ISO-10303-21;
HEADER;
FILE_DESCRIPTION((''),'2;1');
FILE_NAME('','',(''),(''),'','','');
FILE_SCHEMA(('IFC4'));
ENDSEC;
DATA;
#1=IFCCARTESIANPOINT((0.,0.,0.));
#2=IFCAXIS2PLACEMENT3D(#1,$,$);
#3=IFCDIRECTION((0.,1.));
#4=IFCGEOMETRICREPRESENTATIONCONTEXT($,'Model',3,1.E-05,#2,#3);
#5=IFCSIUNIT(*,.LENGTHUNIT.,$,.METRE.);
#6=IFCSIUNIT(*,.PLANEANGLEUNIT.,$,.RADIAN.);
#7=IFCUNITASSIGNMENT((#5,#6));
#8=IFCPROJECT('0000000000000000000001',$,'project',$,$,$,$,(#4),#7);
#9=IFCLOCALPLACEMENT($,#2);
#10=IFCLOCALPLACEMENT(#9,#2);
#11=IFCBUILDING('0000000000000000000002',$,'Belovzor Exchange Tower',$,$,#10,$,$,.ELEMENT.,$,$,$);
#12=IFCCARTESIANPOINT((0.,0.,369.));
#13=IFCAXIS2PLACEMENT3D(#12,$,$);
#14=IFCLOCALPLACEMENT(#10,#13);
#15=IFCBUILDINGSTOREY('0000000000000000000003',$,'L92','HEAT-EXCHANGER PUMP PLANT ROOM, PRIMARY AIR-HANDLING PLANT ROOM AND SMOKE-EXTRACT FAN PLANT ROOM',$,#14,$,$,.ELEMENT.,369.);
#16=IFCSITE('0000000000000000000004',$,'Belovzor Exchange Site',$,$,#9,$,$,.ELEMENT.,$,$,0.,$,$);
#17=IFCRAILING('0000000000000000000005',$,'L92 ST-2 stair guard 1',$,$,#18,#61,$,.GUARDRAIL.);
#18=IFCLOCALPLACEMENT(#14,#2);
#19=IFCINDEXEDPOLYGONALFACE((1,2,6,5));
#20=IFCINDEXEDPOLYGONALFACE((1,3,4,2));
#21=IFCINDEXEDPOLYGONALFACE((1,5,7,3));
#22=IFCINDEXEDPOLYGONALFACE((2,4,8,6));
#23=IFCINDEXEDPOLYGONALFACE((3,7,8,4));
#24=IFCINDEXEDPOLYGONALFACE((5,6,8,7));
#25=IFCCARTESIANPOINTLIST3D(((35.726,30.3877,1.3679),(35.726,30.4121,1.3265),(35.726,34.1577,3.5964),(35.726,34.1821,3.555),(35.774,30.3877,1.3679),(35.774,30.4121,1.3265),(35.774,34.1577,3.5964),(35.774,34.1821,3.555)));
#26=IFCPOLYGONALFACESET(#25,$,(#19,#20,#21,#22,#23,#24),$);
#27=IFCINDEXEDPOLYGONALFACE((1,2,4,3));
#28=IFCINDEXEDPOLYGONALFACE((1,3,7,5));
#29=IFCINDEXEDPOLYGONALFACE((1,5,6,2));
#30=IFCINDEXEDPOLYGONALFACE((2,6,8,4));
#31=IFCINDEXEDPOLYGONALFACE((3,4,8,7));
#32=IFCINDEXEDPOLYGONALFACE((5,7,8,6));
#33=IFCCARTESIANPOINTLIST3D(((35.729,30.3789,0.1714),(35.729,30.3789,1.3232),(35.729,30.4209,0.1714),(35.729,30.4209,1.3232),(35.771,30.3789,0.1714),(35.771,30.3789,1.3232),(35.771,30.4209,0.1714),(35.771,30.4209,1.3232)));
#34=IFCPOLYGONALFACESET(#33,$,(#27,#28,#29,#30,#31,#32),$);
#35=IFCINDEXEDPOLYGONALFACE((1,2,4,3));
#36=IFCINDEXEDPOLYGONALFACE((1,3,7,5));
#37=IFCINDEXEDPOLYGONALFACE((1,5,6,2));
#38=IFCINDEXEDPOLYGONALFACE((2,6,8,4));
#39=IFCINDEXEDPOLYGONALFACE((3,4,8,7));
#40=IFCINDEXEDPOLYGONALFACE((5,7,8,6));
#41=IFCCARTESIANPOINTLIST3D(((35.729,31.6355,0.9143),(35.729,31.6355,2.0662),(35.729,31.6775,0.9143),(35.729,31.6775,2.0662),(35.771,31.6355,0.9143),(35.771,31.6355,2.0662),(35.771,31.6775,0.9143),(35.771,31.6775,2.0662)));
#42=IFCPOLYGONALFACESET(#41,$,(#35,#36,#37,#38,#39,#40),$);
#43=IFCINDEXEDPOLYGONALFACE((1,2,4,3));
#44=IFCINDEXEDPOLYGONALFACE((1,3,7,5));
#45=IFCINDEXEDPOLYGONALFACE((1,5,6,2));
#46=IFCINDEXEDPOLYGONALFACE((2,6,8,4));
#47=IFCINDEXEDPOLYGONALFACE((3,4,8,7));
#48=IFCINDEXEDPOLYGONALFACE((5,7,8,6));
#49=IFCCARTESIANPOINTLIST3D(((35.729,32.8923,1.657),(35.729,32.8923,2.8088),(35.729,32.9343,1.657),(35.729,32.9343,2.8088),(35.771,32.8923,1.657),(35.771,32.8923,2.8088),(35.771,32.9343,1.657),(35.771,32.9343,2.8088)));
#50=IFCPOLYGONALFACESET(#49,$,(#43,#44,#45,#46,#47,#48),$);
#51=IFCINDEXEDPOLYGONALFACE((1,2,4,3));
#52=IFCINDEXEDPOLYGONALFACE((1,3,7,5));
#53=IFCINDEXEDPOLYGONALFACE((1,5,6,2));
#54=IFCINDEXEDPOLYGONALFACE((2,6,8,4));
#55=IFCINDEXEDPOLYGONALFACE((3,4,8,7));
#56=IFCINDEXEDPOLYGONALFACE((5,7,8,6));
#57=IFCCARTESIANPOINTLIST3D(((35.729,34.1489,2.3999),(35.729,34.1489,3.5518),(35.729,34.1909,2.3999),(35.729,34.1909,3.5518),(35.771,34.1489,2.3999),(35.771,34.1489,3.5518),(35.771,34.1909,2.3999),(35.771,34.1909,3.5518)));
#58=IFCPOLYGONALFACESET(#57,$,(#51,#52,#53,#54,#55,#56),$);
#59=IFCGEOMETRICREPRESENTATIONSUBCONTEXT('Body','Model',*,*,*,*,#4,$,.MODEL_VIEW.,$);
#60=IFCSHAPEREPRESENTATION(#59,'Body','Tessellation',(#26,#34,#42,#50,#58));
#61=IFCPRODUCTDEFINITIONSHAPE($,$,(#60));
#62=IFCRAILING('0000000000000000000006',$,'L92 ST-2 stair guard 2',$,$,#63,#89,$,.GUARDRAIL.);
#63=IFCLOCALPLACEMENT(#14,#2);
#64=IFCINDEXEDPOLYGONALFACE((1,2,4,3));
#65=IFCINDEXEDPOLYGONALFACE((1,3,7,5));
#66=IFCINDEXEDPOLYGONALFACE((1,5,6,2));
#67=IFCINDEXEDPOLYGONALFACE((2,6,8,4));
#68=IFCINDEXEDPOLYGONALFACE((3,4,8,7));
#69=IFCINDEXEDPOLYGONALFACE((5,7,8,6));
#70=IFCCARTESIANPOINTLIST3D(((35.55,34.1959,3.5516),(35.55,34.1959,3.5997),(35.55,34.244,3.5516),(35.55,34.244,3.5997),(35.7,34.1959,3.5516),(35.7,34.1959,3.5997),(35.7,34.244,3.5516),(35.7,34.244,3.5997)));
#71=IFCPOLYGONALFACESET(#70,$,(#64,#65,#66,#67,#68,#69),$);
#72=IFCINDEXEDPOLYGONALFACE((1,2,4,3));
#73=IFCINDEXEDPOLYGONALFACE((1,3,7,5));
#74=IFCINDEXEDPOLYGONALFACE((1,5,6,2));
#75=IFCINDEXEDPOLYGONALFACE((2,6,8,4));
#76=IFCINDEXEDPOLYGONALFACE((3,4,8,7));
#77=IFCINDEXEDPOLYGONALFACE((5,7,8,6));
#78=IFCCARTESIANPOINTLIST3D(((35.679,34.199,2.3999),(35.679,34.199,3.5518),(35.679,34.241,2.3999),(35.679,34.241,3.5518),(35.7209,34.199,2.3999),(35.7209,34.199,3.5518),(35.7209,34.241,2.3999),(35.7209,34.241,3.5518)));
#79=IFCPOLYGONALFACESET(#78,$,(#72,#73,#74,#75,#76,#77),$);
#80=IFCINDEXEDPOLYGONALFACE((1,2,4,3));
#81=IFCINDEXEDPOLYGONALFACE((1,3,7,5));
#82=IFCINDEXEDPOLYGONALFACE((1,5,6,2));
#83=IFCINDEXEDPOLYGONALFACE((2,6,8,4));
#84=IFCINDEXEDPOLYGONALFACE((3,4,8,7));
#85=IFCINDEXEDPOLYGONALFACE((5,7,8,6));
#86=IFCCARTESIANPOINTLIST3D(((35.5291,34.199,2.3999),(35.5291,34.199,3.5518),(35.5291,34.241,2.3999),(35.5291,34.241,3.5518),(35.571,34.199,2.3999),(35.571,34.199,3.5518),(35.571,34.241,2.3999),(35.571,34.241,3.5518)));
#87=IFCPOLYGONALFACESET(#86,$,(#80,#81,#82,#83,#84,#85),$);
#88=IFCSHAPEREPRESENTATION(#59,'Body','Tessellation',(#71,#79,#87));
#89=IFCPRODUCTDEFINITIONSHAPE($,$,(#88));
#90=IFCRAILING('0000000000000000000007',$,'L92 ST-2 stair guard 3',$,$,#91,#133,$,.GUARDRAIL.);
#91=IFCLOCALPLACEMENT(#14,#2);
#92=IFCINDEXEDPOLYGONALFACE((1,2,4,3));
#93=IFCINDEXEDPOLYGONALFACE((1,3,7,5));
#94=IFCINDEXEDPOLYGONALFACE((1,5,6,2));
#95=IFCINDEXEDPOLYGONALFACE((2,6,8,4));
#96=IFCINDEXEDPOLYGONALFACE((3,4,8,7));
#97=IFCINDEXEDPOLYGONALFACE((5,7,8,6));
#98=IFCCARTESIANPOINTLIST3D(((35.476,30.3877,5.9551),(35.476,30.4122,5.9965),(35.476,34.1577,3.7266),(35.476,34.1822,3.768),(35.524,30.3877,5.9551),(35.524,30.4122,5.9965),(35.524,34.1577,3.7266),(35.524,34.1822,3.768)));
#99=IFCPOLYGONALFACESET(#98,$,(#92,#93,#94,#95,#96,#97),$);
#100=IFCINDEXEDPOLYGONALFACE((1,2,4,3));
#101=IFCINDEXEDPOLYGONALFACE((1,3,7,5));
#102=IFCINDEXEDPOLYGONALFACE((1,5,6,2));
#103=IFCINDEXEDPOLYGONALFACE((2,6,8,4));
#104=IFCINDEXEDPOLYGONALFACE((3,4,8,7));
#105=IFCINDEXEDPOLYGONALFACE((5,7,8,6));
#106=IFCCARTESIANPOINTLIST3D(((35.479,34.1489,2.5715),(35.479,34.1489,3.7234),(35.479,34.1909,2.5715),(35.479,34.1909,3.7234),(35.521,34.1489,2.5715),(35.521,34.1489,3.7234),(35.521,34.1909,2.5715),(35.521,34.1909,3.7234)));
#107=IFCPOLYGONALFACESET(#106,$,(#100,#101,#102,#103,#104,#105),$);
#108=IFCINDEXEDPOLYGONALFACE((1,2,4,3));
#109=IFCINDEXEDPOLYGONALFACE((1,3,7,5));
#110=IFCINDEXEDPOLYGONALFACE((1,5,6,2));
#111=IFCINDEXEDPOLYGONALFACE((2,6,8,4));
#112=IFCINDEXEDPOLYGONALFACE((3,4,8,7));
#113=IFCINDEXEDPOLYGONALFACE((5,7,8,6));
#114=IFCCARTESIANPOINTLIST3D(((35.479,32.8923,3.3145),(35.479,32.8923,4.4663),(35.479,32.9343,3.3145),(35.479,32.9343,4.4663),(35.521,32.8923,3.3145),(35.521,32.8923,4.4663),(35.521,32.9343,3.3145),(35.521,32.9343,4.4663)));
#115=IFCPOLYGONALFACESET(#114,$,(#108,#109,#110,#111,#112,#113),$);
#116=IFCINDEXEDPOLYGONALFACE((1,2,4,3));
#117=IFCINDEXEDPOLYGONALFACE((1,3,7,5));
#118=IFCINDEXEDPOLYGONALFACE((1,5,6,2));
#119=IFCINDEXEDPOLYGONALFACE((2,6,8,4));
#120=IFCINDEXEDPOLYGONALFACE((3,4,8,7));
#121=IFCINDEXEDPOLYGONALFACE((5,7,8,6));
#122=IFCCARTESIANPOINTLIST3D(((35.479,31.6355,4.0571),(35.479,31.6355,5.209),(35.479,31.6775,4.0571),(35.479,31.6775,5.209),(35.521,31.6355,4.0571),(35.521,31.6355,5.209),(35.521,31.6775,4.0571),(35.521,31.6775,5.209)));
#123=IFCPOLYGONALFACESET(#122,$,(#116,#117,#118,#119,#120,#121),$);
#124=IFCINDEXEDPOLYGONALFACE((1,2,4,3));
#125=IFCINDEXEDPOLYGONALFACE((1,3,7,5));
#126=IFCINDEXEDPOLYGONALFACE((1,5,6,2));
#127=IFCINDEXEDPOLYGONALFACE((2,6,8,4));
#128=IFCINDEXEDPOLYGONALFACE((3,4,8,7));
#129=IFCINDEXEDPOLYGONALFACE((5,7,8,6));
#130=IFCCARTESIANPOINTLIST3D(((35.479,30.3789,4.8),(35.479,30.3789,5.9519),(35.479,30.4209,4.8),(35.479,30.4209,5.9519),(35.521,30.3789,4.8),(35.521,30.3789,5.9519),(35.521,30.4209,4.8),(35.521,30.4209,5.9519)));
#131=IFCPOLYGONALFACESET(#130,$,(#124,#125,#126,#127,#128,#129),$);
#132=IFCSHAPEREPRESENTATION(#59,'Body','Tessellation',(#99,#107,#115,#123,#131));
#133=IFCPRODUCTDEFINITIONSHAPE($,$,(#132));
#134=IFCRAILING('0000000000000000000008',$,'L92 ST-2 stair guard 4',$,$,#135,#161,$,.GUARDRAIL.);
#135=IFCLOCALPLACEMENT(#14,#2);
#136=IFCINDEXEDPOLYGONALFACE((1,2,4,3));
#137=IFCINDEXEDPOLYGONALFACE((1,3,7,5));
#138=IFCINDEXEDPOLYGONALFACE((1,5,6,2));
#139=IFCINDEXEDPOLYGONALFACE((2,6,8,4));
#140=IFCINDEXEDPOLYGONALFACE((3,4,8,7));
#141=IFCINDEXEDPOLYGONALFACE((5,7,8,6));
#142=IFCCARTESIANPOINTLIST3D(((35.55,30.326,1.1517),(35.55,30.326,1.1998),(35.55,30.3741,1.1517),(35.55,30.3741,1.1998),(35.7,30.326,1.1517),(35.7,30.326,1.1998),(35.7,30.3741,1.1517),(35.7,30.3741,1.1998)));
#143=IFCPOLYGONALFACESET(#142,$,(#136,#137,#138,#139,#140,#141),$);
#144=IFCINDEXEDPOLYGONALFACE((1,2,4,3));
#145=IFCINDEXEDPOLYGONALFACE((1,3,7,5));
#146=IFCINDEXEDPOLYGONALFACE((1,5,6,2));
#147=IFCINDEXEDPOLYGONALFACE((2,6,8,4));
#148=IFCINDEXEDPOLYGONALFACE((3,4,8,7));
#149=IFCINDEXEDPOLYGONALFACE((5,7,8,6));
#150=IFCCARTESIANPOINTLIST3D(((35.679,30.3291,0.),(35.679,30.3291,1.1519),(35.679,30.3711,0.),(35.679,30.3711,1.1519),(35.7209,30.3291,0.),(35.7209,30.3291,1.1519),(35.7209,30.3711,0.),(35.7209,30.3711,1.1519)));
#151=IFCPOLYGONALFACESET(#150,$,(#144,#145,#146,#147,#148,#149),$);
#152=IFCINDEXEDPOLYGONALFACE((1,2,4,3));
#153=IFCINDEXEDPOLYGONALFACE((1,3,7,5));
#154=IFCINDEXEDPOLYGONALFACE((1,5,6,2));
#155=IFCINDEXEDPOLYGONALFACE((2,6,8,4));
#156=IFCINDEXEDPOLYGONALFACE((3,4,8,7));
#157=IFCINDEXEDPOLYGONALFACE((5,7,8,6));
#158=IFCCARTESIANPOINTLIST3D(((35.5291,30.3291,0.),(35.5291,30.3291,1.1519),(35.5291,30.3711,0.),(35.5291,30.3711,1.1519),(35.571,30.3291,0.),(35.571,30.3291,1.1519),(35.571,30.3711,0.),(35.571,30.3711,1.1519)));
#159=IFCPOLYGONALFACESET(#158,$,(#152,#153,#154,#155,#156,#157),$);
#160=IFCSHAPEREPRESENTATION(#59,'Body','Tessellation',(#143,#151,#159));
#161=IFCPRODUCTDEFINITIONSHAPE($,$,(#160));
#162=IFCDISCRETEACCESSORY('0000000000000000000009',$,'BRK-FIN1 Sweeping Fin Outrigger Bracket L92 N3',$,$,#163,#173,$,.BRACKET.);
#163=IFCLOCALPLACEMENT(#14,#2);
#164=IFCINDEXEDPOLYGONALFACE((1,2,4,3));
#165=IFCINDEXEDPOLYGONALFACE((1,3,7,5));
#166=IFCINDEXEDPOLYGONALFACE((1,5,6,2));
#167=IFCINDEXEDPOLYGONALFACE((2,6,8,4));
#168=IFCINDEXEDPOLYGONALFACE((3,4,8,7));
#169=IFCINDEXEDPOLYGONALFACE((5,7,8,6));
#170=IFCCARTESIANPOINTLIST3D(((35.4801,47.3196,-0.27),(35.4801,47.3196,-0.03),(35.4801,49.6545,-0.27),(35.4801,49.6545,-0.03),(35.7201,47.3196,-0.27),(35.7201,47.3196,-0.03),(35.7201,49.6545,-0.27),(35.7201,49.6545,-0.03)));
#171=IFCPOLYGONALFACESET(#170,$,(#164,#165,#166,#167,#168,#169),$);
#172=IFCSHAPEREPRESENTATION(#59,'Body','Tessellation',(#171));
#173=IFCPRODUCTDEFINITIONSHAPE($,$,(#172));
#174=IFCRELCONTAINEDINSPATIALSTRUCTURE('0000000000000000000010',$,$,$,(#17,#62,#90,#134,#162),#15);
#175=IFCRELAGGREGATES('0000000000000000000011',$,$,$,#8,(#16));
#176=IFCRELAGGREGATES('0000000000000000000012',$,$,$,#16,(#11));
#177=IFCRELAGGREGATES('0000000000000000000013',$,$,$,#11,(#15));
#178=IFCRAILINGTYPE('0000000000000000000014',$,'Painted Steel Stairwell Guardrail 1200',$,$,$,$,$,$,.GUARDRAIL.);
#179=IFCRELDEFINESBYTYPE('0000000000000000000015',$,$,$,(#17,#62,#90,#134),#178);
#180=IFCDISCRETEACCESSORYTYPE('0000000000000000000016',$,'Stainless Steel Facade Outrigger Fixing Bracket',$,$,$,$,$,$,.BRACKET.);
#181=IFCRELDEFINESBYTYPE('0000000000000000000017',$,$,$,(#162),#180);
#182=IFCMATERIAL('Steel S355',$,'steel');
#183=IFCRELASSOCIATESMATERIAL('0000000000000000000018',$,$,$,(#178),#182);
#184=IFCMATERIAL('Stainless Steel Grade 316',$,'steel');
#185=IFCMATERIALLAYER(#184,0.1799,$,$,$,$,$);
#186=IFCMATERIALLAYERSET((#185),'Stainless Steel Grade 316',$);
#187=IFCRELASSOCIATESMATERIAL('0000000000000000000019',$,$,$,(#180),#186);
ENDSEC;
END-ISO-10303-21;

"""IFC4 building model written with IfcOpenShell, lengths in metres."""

from ifc_helpers import new_model, si_unit, direction, frame, origin, origin_2d, place, context, subcontext, project, spatial, rectangle, extrude, material, layer, layer_set, type_object, element, save


model = new_model("IFC4")

# Units and contexts
model_context = context("Model", 3, precision=1e-05, world=origin(), true_north=direction((0.0, 1.0)))
body_context = subcontext(model_context, "Body", "Model", "MODEL_VIEW")
ifc_project = project(units=[si_unit("LENGTHUNIT", "METRE"), si_unit("PLANEANGLEUNIT", "RADIAN")], contexts=[model_context])

# Site, building, storey
site_placement = place(None, origin())
site = spatial("IfcSite", under=ifc_project, at=site_placement, Name="Belovzor Exchange Site", CompositionType="ELEMENT", RefElevation=0.0)
building_placement = place(site_placement, origin())
building = spatial("IfcBuilding", under=site, at=building_placement, Name="Belovzor Exchange Tower", CompositionType="ELEMENT")
storey_placement = place(building_placement, frame((0.0, 0.0, 369.0)))
storey = spatial("IfcBuildingStorey", under=building, at=storey_placement, Name="L92", Description="HEAT-EXCHANGER PUMP PLANT ROOM, PRIMARY AIR-HANDLING PLANT ROOM AND SMOKE-EXTRACT FAN PLANT ROOM", CompositionType="ELEMENT", Elevation=369.0)

# Railings
ifc_material_1 = material(Name="Steel S355", Category="steel")
railing_type_1 = type_object("IfcRailingType", Name="Painted Steel Stairwell Guardrail 1200", PredefinedType="GUARDRAIL", material=ifc_material_1)
railing_1_placement = place(storey_placement, frame((35.75, 30.3999, 0.1714)))
element("IfcRailing", 1, at=railing_1_placement, inside=storey, type_object=railing_type_1, Name="L92 ST-2 stair guard 1", PredefinedType="GUARDRAIL", context=body_context, shape_type="SweptSolid", body=[
    extrude(rectangle(XDim=0.0481, YDim=0.0481, at=origin_2d()), frame((0.0, 0.0, 1.1758), z_axis=(0.0, 0.860849, 0.508861), x_axis=(-1.0, 0.0, 0.0)), (0.0, 0.0, 1.0), 4.3794),
    extrude(rectangle(XDim=0.042, YDim=0.042, at=origin_2d()), origin(), (0.0, 0.0, 1.0), 1.1519),
    extrude(rectangle(XDim=0.042, YDim=0.042, at=origin_2d()), frame((0.0, 1.2566, 0.7429)), (0.0, 0.0, 1.0), 1.1519),
    extrude(rectangle(XDim=0.042, YDim=0.042, at=origin_2d()), frame((0.0, 2.5134, 1.4856)), (0.0, 0.0, 1.0), 1.1519),
    extrude(rectangle(XDim=0.042, YDim=0.042, at=origin_2d()), frame((0.0, 3.77, 2.2285)), (0.0, 0.0, 1.0), 1.1519),
])
railing_2_placement = place(storey_placement, frame((35.7, 34.22, 2.3999)))
element("IfcRailing", 2, at=railing_2_placement, inside=storey, type_object=railing_type_1, Name="L92 ST-2 stair guard 2", PredefinedType="GUARDRAIL", context=body_context, shape_type="SweptSolid", body=[
    extrude(rectangle(XDim=0.0481, YDim=0.0481, at=origin_2d()), frame((0.0, 0.0, 1.1758), z_axis=(-1.0, 0.0, 0.0), x_axis=(0.0, -1.0, 0.0)), (0.0, 0.0, 1.0), 0.1499),
    extrude(rectangle(XDim=0.042, YDim=0.042, at=origin_2d()), origin(), (0.0, 0.0, 1.0), 1.1519),
    extrude(rectangle(XDim=0.042, YDim=0.042, at=origin_2d()), frame((-0.1499, 0.0, 0.0)), (0.0, 0.0, 1.0), 1.1519),
])
railing_3_placement = place(storey_placement, frame((35.5, 34.1699, 2.5715)))
element("IfcRailing", 3, at=railing_3_placement, inside=storey, type_object=railing_type_1, Name="L92 ST-2 stair guard 3", PredefinedType="GUARDRAIL", context=body_context, shape_type="SweptSolid", body=[
    extrude(rectangle(XDim=0.0481, YDim=0.0481, at=origin_2d()), frame((0.0, 0.0, 1.1758), z_axis=(0.0, -0.860849, 0.508861), x_axis=(1.0, 0.0, 0.0)), (0.0, 0.0, 1.0), 4.3794),
    extrude(rectangle(XDim=0.042, YDim=0.042, at=origin_2d()), origin(), (0.0, 0.0, 1.0), 1.1519),
    extrude(rectangle(XDim=0.042, YDim=0.042, at=origin_2d()), frame((0.0, -1.2566, 0.7429)), (0.0, 0.0, 1.0), 1.1519),
    extrude(rectangle(XDim=0.042, YDim=0.042, at=origin_2d()), frame((0.0, -2.5134, 1.4856)), (0.0, 0.0, 1.0), 1.1519),
    extrude(rectangle(XDim=0.042, YDim=0.042, at=origin_2d()), frame((0.0, -3.77, 2.2285)), (0.0, 0.0, 1.0), 1.1519),
])
railing_4_placement = place(storey_placement, frame((35.7, 30.3501, 0.0)))
element("IfcRailing", 4, at=railing_4_placement, inside=storey, type_object=railing_type_1, Name="L92 ST-2 stair guard 4", PredefinedType="GUARDRAIL", context=body_context, shape_type="SweptSolid", body=[
    extrude(rectangle(XDim=0.0481, YDim=0.0481, at=origin_2d()), frame((0.0, 0.0, 1.1758), z_axis=(-1.0, 0.0, 0.0), x_axis=(0.0, -1.0, 0.0)), (0.0, 0.0, 1.0), 0.1499),
    extrude(rectangle(XDim=0.042, YDim=0.042, at=origin_2d()), origin(), (0.0, 0.0, 1.0), 1.1519),
    extrude(rectangle(XDim=0.042, YDim=0.042, at=origin_2d()), frame((-0.1499, 0.0, 0.0)), (0.0, 0.0, 1.0), 1.1519),
])

# Discrete accessory
ifc_material_2 = material(Name="Stainless Steel Grade 316", Category="steel")
ifc_layer_1 = layer(ifc_material_2, 0.1799)
ifc_layer_set_1 = layer_set([ifc_layer_1], Name="Stainless Steel Grade 316")
discrete_accessory_type = type_object("IfcDiscreteAccessoryType", Name="Stainless Steel Facade Outrigger Fixing Bracket", PredefinedType="BRACKET", material=ifc_layer_set_1)
discrete_accessory_placement = place(storey_placement, frame((35.6001, 48.4871, -0.27), z_axis=(0.0, 0.0, 1.0), x_axis=(0.0, 1.0, 0.0)))
element("IfcDiscreteAccessory", 5, at=discrete_accessory_placement, inside=storey, type_object=discrete_accessory_type, Name="BRK-FIN1 Sweeping Fin Outrigger Bracket L92 N3", PredefinedType="BRACKET", context=body_context, shape_type="SweptSolid", body=[
    extrude(rectangle(XDim=2.335, YDim=0.24, at=origin_2d()), origin(), (0.0, 0.0, 1.0), 0.24),
])

save(model, "model.ifc")
